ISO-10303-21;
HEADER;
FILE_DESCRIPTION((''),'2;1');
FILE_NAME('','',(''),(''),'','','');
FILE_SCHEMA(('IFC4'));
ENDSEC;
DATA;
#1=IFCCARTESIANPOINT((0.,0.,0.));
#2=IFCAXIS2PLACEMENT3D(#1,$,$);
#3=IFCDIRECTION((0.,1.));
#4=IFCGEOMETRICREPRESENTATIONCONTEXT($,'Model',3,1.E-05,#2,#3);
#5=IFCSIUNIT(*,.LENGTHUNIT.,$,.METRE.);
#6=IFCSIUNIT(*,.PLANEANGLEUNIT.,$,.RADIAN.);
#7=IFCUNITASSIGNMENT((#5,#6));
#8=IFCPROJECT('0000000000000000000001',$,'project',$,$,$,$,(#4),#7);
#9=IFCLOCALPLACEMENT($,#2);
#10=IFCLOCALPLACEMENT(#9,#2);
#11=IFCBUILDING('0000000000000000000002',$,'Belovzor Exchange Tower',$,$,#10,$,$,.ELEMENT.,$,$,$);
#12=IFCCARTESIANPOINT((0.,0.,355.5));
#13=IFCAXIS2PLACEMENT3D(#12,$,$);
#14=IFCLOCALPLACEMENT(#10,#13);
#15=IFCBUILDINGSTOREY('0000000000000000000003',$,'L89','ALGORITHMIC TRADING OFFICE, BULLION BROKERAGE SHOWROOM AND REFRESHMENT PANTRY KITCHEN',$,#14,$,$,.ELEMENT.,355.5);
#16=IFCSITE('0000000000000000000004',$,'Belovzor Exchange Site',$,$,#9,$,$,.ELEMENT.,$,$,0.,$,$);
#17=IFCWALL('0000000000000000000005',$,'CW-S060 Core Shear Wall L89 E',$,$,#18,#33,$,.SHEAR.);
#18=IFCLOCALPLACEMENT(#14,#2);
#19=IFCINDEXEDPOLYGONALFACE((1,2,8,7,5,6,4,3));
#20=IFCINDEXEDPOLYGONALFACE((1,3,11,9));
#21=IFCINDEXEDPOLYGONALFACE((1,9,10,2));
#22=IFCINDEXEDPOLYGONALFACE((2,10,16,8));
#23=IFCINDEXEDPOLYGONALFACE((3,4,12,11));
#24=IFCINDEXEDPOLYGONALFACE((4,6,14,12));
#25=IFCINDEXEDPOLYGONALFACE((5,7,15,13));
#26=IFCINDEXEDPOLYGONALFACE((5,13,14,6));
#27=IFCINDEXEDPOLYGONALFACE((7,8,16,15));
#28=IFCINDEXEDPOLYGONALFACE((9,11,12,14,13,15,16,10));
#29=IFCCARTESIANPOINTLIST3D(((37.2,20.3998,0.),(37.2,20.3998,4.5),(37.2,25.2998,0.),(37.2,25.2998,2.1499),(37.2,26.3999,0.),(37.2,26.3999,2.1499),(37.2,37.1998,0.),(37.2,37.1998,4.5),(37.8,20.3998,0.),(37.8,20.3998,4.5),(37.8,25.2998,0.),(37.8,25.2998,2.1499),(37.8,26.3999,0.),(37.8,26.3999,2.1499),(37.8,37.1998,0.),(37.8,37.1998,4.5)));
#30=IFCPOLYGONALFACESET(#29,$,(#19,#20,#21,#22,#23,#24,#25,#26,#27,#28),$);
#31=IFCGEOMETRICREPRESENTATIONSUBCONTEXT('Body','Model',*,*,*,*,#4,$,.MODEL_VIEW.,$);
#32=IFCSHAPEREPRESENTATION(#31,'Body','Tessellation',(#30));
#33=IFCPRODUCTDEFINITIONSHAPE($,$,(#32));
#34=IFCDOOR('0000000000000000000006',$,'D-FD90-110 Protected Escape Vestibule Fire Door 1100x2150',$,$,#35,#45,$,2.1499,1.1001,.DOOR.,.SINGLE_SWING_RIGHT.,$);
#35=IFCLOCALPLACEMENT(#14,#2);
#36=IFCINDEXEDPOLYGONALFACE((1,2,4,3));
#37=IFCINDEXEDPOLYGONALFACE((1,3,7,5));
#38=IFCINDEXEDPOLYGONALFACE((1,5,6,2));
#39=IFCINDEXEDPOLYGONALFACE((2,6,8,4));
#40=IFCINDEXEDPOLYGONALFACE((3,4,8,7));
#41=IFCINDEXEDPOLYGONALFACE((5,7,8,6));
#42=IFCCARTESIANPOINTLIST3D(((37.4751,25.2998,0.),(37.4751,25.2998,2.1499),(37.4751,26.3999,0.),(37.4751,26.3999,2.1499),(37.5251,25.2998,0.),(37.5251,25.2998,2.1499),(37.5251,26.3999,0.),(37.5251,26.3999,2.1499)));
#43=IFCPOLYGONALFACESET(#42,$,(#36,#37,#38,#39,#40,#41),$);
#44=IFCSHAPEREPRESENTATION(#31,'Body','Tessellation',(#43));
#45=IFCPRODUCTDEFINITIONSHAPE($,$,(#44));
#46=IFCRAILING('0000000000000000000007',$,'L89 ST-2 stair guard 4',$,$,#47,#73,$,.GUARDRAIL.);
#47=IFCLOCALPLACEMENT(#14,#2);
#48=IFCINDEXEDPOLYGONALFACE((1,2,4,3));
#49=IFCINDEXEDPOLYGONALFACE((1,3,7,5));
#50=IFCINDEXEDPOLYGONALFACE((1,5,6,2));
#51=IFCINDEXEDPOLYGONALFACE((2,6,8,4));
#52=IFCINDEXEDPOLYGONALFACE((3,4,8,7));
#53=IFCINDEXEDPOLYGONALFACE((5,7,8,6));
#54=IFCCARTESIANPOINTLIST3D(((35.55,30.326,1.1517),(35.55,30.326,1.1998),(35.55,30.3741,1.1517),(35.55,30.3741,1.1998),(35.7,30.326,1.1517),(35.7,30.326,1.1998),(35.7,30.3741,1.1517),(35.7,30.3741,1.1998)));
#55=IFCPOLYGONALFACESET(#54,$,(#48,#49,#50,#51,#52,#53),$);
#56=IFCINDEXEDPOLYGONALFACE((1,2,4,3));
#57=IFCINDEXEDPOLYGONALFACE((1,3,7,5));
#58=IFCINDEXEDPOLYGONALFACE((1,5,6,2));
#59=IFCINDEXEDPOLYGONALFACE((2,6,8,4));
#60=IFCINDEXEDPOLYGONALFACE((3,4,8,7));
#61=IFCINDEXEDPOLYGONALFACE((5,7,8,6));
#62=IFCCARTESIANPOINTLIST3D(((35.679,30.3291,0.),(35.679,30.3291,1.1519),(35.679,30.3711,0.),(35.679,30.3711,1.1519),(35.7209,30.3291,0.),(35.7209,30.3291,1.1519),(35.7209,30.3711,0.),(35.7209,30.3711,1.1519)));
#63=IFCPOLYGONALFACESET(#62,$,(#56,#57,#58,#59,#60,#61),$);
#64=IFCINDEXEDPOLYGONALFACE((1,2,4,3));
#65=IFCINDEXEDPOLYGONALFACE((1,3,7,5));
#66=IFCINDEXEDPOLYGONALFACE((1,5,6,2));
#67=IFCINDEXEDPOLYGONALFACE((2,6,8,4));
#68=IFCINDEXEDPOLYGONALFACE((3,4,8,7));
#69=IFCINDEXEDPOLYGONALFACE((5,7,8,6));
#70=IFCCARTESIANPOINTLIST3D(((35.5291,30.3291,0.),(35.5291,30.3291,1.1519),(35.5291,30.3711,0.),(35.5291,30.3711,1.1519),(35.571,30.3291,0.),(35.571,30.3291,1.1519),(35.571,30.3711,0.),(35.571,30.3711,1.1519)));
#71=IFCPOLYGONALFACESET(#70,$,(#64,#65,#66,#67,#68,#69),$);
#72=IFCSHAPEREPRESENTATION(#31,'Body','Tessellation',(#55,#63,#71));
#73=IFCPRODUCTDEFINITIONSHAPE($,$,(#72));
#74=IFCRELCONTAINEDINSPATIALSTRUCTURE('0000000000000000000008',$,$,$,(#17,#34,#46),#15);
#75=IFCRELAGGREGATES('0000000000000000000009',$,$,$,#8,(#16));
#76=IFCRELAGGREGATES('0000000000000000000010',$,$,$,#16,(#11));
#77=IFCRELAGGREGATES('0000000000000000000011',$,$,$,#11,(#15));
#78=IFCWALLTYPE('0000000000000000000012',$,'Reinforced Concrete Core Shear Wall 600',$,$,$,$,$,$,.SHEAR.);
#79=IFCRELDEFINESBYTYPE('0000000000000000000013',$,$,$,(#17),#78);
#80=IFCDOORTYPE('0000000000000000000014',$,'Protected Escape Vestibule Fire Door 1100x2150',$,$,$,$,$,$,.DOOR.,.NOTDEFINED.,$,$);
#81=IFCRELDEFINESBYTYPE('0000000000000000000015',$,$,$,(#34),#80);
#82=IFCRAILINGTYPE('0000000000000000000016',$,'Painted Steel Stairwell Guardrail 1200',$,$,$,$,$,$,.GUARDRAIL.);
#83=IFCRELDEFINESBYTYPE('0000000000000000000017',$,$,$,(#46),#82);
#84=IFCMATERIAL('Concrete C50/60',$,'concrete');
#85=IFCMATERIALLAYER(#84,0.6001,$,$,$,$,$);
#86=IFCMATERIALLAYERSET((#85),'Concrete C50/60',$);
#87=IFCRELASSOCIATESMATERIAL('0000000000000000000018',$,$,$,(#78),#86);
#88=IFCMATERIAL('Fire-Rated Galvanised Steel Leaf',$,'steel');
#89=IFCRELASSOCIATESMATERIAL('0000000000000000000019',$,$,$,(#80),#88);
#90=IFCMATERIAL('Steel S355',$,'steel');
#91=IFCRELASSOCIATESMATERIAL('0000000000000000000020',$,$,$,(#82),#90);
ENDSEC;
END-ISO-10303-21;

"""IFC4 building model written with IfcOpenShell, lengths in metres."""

from ifc_helpers import new_model, si_unit, direction, frame, frame_2d, origin, origin_2d, place, context, subcontext, project, spatial, rectangle, extrude, material, layer, layer_set, type_object, element, fill, save


model = new_model("IFC4")

# Units and contexts
model_context = context("Model", 3, precision=1e-05, world=origin(), true_north=direction((0.0, 1.0)))
body_context = subcontext(model_context, "Body", "Model", "MODEL_VIEW")
ifc_project = project(units=[si_unit("LENGTHUNIT", "METRE"), si_unit("PLANEANGLEUNIT", "RADIAN")], contexts=[model_context])

# Site, building, storey
site_placement = place(None, origin())
site = spatial("IfcSite", under=ifc_project, at=site_placement, Name="Belovzor Exchange Site", CompositionType="ELEMENT", RefElevation=0.0)
building_placement = place(site_placement, origin())
building = spatial("IfcBuilding", under=site, at=building_placement, Name="Belovzor Exchange Tower", CompositionType="ELEMENT")
storey_placement = place(building_placement, frame((0.0, 0.0, 355.5)))
storey = spatial("IfcBuildingStorey", under=building, at=storey_placement, Name="L89", Description="ALGORITHMIC TRADING OFFICE, BULLION BROKERAGE SHOWROOM AND REFRESHMENT PANTRY KITCHEN", CompositionType="ELEMENT", Elevation=355.5)

# Wall, opening, door
ifc_material_1 = material(Name="Concrete C50/60", Category="concrete")
ifc_layer_1 = layer(ifc_material_1, 0.6001)
ifc_layer_set_1 = layer_set([ifc_layer_1], Name="Concrete C50/60")
wall_type_1 = type_object("IfcWallType", Name="Reinforced Concrete Core Shear Wall 600", PredefinedType="SHEAR", material=ifc_layer_set_1)
wall_1_placement = place(storey_placement, frame((37.5, 20.3999, 0.0), z_axis=(0.0, 0.0, 1.0), x_axis=(0.0, 1.0, 0.0)))
wall_1 = element("IfcWall", 1, at=wall_1_placement, inside=storey, type_object=wall_type_1, Name="CW-S060 Core Shear Wall L89 E", PredefinedType="SHEAR", context=body_context, shape_type="SweptSolid", body=[
    extrude(rectangle(XDim=16.8, YDim=0.6001, at=frame_2d((8.3999, 0.0))), origin(), (0.0, 0.0, 1.0), 4.5),
])
opening_1_placement = place(wall_1_placement, frame((4.8999, 0.0, 0.0)))
opening_1 = element("IfcOpeningElement", 2, at=opening_1_placement, cuts=wall_1, PredefinedType="OPENING", context=body_context, shape_type="SweptSolid", body=[
    extrude(rectangle(XDim=1.1001, YDim=2.1499, at=frame_2d((0.55, 1.075))), frame((0.0, 0.3101, 0.0), z_axis=(0.0, -1.0, 0.0), x_axis=(1.0, 0.0, 0.0)), (0.0, 0.0, 1.0), 0.6201),
])
ifc_material_2 = material(Name="Fire-Rated Galvanised Steel Leaf", Category="steel")
door_type_1 = type_object("IfcDoorType", Name="Protected Escape Vestibule Fire Door 1100x2150", OperationType="NOTDEFINED", PredefinedType="DOOR", material=ifc_material_2)
door_1_placement = place(opening_1_placement, origin())
door_1 = element("IfcDoor", 3, at=door_1_placement, inside=storey, type_object=door_type_1, Name="D-FD90-110 Protected Escape Vestibule Fire Door 1100x2150", OperationType="SINGLE_SWING_RIGHT", OverallHeight=2.1499, OverallWidth=1.1001, PredefinedType="DOOR", context=body_context, shape_type="SweptSolid", body=[
    extrude(rectangle(XDim=1.1001, YDim=2.1499, at=frame_2d((0.55, 1.075))), frame((0.0, 0.0249, 0.0), z_axis=(0.0, -1.0, 0.0), x_axis=(1.0, 0.0, 0.0)), (0.0, 0.0, 1.0), 0.05),
])
fill(opening_1, door_1)

# Railing
ifc_material_3 = material(Name="Steel S355", Category="steel")
railing_type = type_object("IfcRailingType", Name="Painted Steel Stairwell Guardrail 1200", PredefinedType="GUARDRAIL", material=ifc_material_3)
railing_placement = place(storey_placement, frame((35.7, 30.3501, 0.0)))
element("IfcRailing", 4, at=railing_placement, inside=storey, type_object=railing_type, Name="L89 ST-2 stair guard 4", PredefinedType="GUARDRAIL", context=body_context, shape_type="SweptSolid", body=[
    extrude(rectangle(XDim=0.0481, YDim=0.0481, at=origin_2d()), frame((0.0, 0.0, 1.1758), z_axis=(-1.0, 0.0, 0.0), x_axis=(0.0, -1.0, 0.0)), (0.0, 0.0, 1.0), 0.1499),
    extrude(rectangle(XDim=0.042, YDim=0.042, at=origin_2d()), origin(), (0.0, 0.0, 1.0), 1.1519),
    extrude(rectangle(XDim=0.042, YDim=0.042, at=origin_2d()), frame((-0.1499, 0.0, 0.0)), (0.0, 0.0, 1.0), 1.1519),
])

save(model, "model.ifc")
